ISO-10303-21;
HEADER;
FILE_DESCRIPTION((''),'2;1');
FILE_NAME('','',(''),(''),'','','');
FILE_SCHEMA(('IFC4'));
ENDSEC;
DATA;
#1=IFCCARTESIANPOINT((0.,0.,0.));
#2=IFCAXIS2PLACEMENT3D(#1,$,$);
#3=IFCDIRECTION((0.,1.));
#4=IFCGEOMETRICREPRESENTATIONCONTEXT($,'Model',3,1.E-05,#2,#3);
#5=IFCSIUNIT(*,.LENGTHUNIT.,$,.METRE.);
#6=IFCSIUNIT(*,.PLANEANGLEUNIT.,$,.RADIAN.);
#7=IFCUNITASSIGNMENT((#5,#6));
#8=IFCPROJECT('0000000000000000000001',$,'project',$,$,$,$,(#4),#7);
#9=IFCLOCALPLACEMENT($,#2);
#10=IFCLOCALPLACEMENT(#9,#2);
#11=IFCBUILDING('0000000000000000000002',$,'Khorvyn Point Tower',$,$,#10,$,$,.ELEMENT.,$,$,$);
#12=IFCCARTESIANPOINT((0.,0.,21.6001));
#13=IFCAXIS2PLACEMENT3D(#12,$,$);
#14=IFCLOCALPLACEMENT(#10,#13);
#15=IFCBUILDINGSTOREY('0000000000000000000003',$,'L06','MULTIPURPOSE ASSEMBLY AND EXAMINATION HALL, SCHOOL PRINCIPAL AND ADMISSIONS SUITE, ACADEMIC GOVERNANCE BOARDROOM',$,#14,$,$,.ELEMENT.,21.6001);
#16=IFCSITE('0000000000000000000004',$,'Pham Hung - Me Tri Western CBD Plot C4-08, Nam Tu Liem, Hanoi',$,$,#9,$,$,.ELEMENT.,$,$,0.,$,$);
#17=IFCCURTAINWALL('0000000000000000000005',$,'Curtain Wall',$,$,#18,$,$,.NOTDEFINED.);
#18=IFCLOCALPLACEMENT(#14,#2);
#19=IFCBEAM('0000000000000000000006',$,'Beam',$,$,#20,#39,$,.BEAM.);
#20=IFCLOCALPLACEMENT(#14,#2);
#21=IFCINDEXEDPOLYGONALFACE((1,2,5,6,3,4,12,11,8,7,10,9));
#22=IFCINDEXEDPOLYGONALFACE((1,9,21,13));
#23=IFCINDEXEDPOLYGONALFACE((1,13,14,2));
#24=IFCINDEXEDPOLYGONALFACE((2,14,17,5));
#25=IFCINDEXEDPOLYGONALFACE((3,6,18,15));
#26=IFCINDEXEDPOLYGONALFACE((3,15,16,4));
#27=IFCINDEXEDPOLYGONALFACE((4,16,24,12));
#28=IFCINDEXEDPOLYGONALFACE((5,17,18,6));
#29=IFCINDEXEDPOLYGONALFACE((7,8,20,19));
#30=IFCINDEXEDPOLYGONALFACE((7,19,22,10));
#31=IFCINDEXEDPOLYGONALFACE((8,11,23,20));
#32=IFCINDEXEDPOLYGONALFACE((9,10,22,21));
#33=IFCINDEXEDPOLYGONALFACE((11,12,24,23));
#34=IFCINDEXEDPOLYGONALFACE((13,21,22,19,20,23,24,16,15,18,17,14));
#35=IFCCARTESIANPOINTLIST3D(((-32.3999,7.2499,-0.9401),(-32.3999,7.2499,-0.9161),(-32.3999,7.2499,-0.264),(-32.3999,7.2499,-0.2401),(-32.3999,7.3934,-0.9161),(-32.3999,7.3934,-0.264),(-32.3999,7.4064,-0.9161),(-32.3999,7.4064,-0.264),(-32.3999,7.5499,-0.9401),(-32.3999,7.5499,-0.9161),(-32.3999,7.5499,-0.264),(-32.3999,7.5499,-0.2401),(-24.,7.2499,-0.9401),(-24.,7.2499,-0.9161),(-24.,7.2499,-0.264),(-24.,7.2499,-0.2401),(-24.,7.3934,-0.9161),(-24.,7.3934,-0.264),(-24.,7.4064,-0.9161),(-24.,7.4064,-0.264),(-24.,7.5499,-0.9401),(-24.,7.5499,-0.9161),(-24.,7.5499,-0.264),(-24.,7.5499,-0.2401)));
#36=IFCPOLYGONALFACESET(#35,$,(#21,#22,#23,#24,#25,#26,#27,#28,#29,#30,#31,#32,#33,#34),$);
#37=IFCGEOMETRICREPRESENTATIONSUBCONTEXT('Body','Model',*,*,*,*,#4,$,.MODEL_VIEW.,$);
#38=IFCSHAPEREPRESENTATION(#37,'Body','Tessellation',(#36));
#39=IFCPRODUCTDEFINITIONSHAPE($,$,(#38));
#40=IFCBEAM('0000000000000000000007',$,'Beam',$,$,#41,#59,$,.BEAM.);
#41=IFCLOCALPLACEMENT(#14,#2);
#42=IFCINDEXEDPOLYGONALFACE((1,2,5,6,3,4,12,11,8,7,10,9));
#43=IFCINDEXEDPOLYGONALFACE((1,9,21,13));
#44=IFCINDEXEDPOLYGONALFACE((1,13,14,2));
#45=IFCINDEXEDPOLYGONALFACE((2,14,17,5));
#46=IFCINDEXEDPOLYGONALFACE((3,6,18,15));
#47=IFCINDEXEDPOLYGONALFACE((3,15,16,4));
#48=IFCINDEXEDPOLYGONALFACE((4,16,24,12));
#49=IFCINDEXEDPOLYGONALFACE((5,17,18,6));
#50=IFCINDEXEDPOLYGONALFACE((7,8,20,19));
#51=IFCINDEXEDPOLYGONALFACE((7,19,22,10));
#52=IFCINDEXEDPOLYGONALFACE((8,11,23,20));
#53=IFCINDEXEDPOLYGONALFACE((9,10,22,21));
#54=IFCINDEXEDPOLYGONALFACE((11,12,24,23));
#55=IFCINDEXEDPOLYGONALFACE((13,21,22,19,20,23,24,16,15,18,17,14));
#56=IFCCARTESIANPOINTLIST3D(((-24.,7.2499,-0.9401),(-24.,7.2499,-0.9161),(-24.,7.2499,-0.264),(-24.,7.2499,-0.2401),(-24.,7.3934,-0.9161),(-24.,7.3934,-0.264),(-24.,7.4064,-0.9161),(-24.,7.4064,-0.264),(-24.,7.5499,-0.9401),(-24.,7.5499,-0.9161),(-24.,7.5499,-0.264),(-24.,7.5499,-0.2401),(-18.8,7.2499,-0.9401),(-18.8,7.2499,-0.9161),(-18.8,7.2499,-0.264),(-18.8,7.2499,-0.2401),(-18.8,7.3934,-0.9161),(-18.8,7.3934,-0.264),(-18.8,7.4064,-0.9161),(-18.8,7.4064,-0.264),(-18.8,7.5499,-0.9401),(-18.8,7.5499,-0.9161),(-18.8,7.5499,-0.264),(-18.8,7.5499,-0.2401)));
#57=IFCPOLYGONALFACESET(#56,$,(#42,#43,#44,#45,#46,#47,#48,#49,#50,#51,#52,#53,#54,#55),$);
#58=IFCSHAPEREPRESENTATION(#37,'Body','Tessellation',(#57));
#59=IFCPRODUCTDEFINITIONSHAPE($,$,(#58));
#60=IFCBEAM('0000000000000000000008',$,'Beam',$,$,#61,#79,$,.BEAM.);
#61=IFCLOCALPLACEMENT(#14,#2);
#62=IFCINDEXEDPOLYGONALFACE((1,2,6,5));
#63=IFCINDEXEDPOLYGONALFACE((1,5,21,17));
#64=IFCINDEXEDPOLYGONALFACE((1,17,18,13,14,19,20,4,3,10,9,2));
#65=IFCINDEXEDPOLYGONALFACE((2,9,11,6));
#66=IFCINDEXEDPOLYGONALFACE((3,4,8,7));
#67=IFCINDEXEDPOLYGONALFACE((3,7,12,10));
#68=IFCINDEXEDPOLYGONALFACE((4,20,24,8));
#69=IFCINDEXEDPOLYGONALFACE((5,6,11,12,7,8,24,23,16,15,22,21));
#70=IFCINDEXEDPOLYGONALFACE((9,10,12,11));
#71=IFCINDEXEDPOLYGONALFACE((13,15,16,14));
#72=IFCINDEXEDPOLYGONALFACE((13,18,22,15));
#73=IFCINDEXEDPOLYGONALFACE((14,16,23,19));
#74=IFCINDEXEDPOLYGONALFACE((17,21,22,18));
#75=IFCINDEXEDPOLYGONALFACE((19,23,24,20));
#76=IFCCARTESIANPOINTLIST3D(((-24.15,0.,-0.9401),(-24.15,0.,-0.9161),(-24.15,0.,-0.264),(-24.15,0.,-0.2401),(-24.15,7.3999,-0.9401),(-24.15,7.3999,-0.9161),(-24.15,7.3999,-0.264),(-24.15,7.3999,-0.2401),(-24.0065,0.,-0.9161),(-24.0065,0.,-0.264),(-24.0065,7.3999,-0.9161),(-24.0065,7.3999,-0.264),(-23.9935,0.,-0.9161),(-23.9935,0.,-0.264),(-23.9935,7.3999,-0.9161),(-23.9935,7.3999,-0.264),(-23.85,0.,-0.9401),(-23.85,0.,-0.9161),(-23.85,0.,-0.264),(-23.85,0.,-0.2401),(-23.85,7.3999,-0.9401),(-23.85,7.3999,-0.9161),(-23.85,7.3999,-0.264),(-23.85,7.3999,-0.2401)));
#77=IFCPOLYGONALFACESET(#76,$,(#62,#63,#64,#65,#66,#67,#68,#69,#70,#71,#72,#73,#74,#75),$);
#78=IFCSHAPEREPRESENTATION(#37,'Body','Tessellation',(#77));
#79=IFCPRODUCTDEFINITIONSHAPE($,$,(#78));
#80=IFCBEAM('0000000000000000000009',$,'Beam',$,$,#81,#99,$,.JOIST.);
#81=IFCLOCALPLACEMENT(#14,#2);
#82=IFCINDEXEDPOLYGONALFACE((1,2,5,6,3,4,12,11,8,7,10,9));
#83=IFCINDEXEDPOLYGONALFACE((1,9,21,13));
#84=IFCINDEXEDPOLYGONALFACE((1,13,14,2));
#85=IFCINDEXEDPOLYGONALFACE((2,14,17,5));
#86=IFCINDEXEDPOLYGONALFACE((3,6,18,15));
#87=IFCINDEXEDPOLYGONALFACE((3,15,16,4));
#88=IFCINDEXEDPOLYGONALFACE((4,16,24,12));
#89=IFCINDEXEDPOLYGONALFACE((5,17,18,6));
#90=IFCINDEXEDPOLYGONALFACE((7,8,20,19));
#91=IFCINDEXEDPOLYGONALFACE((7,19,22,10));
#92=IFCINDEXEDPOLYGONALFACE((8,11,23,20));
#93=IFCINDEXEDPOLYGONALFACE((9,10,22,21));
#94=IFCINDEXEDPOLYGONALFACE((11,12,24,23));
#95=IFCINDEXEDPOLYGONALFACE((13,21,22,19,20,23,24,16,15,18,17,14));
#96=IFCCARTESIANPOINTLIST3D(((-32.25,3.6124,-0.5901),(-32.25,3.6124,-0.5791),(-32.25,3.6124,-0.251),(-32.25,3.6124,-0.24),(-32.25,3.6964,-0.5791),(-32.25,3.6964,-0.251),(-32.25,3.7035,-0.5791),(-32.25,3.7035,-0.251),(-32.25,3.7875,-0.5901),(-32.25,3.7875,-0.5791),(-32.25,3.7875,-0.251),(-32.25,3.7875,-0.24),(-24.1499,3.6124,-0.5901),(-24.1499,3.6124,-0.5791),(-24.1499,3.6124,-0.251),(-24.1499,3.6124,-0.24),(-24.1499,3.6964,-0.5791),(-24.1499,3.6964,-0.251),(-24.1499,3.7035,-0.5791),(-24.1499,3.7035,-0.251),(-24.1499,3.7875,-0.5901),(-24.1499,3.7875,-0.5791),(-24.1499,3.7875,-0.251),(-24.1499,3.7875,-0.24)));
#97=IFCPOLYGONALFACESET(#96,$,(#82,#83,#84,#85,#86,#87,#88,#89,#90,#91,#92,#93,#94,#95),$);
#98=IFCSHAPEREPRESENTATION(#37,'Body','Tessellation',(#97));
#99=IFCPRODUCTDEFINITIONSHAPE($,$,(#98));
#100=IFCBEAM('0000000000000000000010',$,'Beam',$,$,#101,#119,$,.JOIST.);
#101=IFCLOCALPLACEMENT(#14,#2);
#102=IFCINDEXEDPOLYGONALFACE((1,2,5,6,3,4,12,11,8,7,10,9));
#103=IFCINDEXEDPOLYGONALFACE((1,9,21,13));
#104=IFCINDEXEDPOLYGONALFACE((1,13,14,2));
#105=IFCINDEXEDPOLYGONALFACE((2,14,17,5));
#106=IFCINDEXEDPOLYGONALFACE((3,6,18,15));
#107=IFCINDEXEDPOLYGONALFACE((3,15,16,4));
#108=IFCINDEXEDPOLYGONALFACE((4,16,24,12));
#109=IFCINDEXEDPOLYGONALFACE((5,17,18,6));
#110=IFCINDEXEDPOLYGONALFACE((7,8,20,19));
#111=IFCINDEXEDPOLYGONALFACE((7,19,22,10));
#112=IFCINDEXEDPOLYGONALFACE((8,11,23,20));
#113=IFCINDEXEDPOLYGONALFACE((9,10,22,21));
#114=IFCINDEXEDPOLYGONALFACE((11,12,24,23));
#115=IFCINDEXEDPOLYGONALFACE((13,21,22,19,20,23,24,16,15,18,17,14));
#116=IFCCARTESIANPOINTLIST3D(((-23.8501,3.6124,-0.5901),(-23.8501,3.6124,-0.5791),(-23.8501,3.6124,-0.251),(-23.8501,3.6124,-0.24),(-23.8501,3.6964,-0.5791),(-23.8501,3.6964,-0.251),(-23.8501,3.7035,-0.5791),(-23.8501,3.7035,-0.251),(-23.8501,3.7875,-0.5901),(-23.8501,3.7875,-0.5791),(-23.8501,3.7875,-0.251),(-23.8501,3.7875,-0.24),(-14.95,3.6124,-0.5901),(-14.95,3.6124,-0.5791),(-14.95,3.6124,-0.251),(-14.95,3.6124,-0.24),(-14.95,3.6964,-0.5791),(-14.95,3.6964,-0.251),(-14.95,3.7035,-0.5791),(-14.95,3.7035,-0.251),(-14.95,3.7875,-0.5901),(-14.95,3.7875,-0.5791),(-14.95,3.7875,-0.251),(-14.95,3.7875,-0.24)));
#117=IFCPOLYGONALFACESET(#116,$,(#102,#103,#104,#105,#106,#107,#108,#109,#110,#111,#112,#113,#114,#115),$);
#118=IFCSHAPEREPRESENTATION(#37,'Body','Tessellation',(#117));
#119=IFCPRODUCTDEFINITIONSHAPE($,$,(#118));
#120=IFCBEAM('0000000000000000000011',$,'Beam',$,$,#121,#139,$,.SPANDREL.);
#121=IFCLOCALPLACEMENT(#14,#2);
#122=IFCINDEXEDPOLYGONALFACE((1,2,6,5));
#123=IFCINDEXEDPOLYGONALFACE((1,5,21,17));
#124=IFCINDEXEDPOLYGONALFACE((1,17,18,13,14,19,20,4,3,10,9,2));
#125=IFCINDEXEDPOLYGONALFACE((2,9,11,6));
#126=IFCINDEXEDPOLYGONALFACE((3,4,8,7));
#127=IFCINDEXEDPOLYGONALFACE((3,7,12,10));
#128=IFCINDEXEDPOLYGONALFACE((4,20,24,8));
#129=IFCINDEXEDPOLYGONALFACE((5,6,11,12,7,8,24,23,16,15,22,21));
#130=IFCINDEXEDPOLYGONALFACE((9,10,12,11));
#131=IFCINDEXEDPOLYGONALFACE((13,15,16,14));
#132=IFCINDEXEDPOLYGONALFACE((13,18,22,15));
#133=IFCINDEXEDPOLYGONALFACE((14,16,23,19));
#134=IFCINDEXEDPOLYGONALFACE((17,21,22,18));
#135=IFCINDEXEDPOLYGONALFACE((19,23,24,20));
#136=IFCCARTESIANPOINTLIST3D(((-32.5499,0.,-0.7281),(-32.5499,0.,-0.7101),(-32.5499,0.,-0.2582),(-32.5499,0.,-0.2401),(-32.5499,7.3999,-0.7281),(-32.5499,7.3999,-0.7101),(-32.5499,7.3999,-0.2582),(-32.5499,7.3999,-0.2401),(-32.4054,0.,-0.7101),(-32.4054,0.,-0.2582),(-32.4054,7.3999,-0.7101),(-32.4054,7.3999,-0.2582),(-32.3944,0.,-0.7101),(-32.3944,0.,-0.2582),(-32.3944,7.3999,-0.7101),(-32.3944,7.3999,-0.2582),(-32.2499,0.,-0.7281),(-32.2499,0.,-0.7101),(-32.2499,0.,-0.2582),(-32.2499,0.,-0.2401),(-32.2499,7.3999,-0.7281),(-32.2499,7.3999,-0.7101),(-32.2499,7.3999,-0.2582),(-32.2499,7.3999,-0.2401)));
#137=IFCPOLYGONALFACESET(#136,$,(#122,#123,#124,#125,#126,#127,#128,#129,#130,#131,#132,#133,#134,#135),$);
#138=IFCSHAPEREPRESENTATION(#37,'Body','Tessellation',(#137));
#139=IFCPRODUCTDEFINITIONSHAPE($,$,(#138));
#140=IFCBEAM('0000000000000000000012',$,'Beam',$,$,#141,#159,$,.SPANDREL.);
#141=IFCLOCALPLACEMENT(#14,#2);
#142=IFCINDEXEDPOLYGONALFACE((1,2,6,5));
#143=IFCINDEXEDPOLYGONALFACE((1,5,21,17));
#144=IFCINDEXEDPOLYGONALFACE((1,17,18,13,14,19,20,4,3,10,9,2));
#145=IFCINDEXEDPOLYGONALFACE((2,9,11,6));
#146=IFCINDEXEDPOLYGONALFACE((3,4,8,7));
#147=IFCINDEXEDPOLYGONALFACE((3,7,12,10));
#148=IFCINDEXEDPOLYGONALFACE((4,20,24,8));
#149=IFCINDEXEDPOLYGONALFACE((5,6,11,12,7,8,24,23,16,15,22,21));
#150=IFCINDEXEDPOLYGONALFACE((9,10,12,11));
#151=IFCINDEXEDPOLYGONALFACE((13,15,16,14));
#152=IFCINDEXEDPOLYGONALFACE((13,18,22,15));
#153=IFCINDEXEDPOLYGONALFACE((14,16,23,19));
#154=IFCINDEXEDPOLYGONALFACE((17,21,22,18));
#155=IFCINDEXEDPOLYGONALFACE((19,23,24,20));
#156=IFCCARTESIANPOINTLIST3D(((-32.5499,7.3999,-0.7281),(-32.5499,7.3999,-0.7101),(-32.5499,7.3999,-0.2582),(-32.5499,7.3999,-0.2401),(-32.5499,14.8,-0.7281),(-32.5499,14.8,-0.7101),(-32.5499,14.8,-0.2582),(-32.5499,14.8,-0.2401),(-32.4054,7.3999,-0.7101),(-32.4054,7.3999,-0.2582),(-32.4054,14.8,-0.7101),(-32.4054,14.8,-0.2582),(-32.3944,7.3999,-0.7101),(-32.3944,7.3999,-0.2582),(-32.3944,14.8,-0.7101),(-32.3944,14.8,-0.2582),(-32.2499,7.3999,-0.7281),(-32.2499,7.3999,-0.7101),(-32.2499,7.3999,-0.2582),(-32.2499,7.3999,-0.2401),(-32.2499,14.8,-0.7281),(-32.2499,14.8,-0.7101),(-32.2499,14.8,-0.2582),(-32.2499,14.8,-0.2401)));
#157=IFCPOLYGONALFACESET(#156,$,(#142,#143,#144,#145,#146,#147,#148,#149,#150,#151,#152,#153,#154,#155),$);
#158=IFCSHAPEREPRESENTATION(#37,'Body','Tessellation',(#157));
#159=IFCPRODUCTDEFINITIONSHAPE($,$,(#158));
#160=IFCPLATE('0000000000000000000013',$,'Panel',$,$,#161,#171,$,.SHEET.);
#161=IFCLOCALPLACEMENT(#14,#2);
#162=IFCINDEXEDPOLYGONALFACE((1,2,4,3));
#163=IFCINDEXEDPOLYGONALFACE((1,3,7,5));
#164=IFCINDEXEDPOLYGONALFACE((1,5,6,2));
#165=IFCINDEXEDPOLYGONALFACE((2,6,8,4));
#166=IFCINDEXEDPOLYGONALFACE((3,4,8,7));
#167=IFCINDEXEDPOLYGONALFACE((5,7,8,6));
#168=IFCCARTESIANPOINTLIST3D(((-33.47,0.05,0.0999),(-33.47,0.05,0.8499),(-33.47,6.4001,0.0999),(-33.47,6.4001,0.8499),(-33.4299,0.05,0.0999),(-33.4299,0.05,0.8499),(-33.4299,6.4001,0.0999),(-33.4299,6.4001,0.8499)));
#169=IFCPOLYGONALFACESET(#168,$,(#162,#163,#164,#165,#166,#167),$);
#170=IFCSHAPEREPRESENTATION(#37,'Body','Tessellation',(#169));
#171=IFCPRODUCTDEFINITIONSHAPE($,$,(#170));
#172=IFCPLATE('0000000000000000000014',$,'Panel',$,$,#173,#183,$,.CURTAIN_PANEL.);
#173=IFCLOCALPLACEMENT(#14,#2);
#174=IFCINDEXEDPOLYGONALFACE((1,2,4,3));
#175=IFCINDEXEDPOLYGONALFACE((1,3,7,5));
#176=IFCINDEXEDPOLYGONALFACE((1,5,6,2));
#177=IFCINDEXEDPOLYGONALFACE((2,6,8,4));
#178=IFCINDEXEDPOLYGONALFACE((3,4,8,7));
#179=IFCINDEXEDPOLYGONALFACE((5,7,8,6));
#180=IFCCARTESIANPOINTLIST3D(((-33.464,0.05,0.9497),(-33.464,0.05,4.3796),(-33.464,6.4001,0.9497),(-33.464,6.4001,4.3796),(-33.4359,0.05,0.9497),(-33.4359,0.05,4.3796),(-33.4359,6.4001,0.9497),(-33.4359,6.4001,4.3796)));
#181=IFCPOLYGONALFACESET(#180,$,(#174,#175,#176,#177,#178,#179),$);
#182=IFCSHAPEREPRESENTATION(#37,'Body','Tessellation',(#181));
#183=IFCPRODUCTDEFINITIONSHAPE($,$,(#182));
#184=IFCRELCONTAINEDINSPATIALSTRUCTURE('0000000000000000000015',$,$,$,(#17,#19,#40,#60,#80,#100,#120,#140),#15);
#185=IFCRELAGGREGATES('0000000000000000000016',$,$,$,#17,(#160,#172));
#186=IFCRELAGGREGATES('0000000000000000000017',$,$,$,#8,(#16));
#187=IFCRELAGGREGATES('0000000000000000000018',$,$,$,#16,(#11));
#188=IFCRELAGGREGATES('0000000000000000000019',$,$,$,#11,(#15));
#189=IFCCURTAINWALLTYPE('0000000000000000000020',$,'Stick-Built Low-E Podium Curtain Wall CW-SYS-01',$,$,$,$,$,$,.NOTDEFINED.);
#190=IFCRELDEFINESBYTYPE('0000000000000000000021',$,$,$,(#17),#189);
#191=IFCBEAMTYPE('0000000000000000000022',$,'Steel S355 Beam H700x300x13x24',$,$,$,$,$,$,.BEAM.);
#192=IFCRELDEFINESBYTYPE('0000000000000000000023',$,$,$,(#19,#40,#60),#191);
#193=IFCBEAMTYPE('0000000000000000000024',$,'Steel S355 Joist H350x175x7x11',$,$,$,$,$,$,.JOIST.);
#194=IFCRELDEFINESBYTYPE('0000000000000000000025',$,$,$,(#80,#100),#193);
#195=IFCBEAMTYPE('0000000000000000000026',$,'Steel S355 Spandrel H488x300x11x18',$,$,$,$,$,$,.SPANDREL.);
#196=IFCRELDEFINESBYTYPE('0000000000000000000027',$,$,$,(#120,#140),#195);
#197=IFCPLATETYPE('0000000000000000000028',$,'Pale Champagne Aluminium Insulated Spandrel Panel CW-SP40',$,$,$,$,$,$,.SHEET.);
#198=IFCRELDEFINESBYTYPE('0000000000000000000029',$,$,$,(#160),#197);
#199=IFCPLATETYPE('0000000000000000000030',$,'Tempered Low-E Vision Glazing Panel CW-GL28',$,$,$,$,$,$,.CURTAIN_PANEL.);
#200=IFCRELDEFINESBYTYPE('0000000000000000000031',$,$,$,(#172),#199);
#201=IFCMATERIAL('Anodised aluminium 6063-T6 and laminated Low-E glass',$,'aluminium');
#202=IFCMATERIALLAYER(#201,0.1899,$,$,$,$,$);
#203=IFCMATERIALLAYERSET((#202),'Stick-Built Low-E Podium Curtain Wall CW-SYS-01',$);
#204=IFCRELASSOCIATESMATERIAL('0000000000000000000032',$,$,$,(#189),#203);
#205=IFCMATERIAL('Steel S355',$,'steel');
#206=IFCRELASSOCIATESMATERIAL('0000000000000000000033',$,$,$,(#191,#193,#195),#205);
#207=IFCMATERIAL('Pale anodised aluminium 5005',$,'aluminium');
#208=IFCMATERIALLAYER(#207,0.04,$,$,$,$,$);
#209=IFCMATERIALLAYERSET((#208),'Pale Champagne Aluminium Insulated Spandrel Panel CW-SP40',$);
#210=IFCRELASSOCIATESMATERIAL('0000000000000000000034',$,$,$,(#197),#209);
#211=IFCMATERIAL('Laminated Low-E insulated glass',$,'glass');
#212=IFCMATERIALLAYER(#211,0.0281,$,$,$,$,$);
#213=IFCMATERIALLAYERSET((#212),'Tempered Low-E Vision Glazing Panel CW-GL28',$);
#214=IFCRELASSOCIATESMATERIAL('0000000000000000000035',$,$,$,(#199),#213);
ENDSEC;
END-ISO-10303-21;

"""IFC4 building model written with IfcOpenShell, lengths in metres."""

from ifc_helpers import new_model, si_unit, direction, frame, origin, origin_2d, place, context, subcontext, project, spatial, rectangle, i_section, extrude, material, layer, layer_set, material_profile, profile_set, type_object, element, aggregate, save


model = new_model("IFC4")

# Units and contexts
model_context = context("Model", 3, precision=1e-05, world=origin(), true_north=direction((0.0, 1.0)))
body_context = subcontext(model_context, "Body", "Model", "MODEL_VIEW")
ifc_project = project(units=[si_unit("LENGTHUNIT", "METRE"), si_unit("PLANEANGLEUNIT", "RADIAN")], contexts=[model_context])

# Site, building, storey
site_placement = place(None, origin())
site = spatial("IfcSite", under=ifc_project, at=site_placement, Name="Pham Hung - Me Tri Western CBD Plot C4-08, Nam Tu Liem, Hanoi", CompositionType="ELEMENT", RefElevation=0.0)
building_placement = place(site_placement, origin())
building = spatial("IfcBuilding", under=site, at=building_placement, Name="Khorvyn Point Tower", CompositionType="ELEMENT")
storey_placement = place(building_placement, frame((0.0, 0.0, 21.6001)))
storey = spatial("IfcBuildingStorey", under=building, at=storey_placement, Name="L06", Description="MULTIPURPOSE ASSEMBLY AND EXAMINATION HALL, SCHOOL PRINCIPAL AND ADMISSIONS SUITE, ACADEMIC GOVERNANCE BOARDROOM", CompositionType="ELEMENT", Elevation=21.6001)

# Curtain wall
ifc_material_1 = material(Name="Anodised aluminium 6063-T6 and laminated Low-E glass", Category="aluminium")
ifc_layer_1 = layer(ifc_material_1, 0.1899)
ifc_layer_set_1 = layer_set([ifc_layer_1], Name="Stick-Built Low-E Podium Curtain Wall CW-SYS-01")
curtain_wall_type = type_object("IfcCurtainWallType", Name="Stick-Built Low-E Podium Curtain Wall CW-SYS-01", PredefinedType="NOTDEFINED", material=ifc_layer_set_1)
curtain_wall_placement = place(storey_placement, origin())
curtain_wall = element("IfcCurtainWall", 1, at=curtain_wall_placement, inside=storey, type_object=curtain_wall_type, Name="Curtain Wall", PredefinedType="NOTDEFINED")

# Beams
ifc_material_2 = material(Name="Steel S355", Category="steel")
ifc_material_profile_1 = material_profile(ifc_material_2, i_section(OverallWidth=0.3, OverallDepth=0.7, WebThickness=0.0129, FlangeThickness=0.0239, at=origin_2d()))
ifc_profile_set_1 = profile_set([ifc_material_profile_1], Name="Steel S355 H700x300x13x24")
beam_type_1 = type_object("IfcBeamType", Name="Steel S355 Beam H700x300x13x24", PredefinedType="BEAM", material=ifc_profile_set_1)
beam_1_placement = place(storey_placement, frame((-32.3999, 7.3999, -0.5901), z_axis=(1.0, 0.0, 0.0), x_axis=(0.0, 1.0, 0.0)))
element("IfcBeam", 2, at=beam_1_placement, inside=storey, type_object=beam_type_1, Name="Beam", PredefinedType="BEAM", context=body_context, shape_type="SweptSolid", body=[
    extrude(i_section(OverallWidth=0.3, OverallDepth=0.7, WebThickness=0.0129, FlangeThickness=0.0239, at=origin_2d()), origin(), (0.0, 0.0, 1.0), 8.3999),
])
beam_2_placement = place(storey_placement, frame((-24.0, 7.3999, -0.5901), z_axis=(1.0, 0.0, 0.0), x_axis=(0.0, 1.0, 0.0)))
element("IfcBeam", 3, at=beam_2_placement, inside=storey, type_object=beam_type_1, Name="Beam", PredefinedType="BEAM", context=body_context, shape_type="SweptSolid", body=[
    extrude(i_section(OverallWidth=0.3, OverallDepth=0.7, WebThickness=0.0129, FlangeThickness=0.0239, at=origin_2d()), origin(), (0.0, 0.0, 1.0), 5.2),
])
beam_3_placement = place(storey_placement, frame((-24.0, 0.0, -0.5901), z_axis=(0.0, 1.0, 0.0), x_axis=(-1.0, 0.0, 0.0)))
element("IfcBeam", 4, at=beam_3_placement, inside=storey, type_object=beam_type_1, Name="Beam", PredefinedType="BEAM", context=body_context, shape_type="SweptSolid", body=[
    extrude(i_section(OverallWidth=0.3, OverallDepth=0.7, WebThickness=0.0129, FlangeThickness=0.0239, at=origin_2d()), origin(), (0.0, 0.0, 1.0), 7.3999),
])
ifc_material_profile_2 = material_profile(ifc_material_2, i_section(OverallWidth=0.175, OverallDepth=0.3501, WebThickness=0.0071, FlangeThickness=0.011, at=origin_2d()))
ifc_profile_set_2 = profile_set([ifc_material_profile_2], Name="Steel S355 H350x175x7x11")
beam_type_2 = type_object("IfcBeamType", Name="Steel S355 Joist H350x175x7x11", PredefinedType="JOIST", material=ifc_profile_set_2)
beam_4_placement = place(storey_placement, frame((-32.25, 3.7, -0.415), z_axis=(1.0, 0.0, 0.0), x_axis=(0.0, 1.0, 0.0)))
element("IfcBeam", 5, at=beam_4_placement, inside=storey, type_object=beam_type_2, Name="Beam", PredefinedType="JOIST", context=body_context, shape_type="SweptSolid", body=[
    extrude(i_section(OverallWidth=0.175, OverallDepth=0.3501, WebThickness=0.0071, FlangeThickness=0.011, at=origin_2d()), origin(), (0.0, 0.0, 1.0), 8.1001),
])
beam_5_placement = place(storey_placement, frame((-23.8501, 3.7, -0.415), z_axis=(1.0, 0.0, 0.0), x_axis=(0.0, 1.0, 0.0)))
element("IfcBeam", 6, at=beam_5_placement, inside=storey, type_object=beam_type_2, Name="Beam", PredefinedType="JOIST", context=body_context, shape_type="SweptSolid", body=[
    extrude(i_section(OverallWidth=0.175, OverallDepth=0.3501, WebThickness=0.0071, FlangeThickness=0.011, at=origin_2d()), origin(), (0.0, 0.0, 1.0), 8.9001),
])
ifc_material_profile_3 = material_profile(ifc_material_2, i_section(OverallWidth=0.3, OverallDepth=0.488, WebThickness=0.011, FlangeThickness=0.0181, at=origin_2d()))
ifc_profile_set_3 = profile_set([ifc_material_profile_3], Name="Steel S355 H488x300x11x18")
beam_type_3 = type_object("IfcBeamType", Name="Steel S355 Spandrel H488x300x11x18", PredefinedType="SPANDREL", material=ifc_profile_set_3)
beam_6_placement = place(storey_placement, frame((-32.3999, 0.0, -0.4841), z_axis=(0.0, 1.0, 0.0), x_axis=(-1.0, 0.0, 0.0)))
element("IfcBeam", 7, at=beam_6_placement, inside=storey, type_object=beam_type_3, Name="Beam", PredefinedType="SPANDREL", context=body_context, shape_type="SweptSolid", body=[
    extrude(i_section(OverallWidth=0.3, OverallDepth=0.488, WebThickness=0.011, FlangeThickness=0.0181, at=origin_2d()), origin(), (0.0, 0.0, 1.0), 7.3999),
])
beam_7_placement = place(storey_placement, frame((-32.3999, 7.3999, -0.4841), z_axis=(0.0, 1.0, 0.0), x_axis=(-1.0, 0.0, 0.0)))
element("IfcBeam", 8, at=beam_7_placement, inside=storey, type_object=beam_type_3, Name="Beam", PredefinedType="SPANDREL", context=body_context, shape_type="SweptSolid", body=[
    extrude(i_section(OverallWidth=0.3, OverallDepth=0.488, WebThickness=0.011, FlangeThickness=0.0181, at=origin_2d()), origin(), (0.0, 0.0, 1.0), 7.4001),
])

# Plates
ifc_material_3 = material(Name="Pale anodised aluminium 5005", Category="aluminium")
ifc_layer_2 = layer(ifc_material_3, 0.04)
ifc_layer_set_2 = layer_set([ifc_layer_2], Name="Pale Champagne Aluminium Insulated Spandrel Panel CW-SP40")
plate_type_1 = type_object("IfcPlateType", Name="Pale Champagne Aluminium Insulated Spandrel Panel CW-SP40", PredefinedType="SHEET", material=ifc_layer_set_2)
plate_1_placement = place(storey_placement, frame((-33.45, 3.2251, 0.0999), z_axis=(0.0, 0.0, 1.0), x_axis=(0.0, 1.0, 0.0)))
plate_1 = element("IfcPlate", 9, at=plate_1_placement, type_object=plate_type_1, Name="Panel", PredefinedType="SHEET", context=body_context, shape_type="SweptSolid", body=[
    extrude(rectangle(XDim=6.3501, YDim=0.04, at=origin_2d()), origin(), (0.0, 0.0, 1.0), 0.75),
])
ifc_material_4 = material(Name="Laminated Low-E insulated glass", Category="glass")
ifc_layer_3 = layer(ifc_material_4, 0.0281)
ifc_layer_set_3 = layer_set([ifc_layer_3], Name="Tempered Low-E Vision Glazing Panel CW-GL28")
plate_type_2 = type_object("IfcPlateType", Name="Tempered Low-E Vision Glazing Panel CW-GL28", PredefinedType="CURTAIN_PANEL", material=ifc_layer_set_3)
plate_2_placement = place(storey_placement, frame((-33.45, 3.2251, 0.9497), z_axis=(0.0, 0.0, 1.0), x_axis=(0.0, 1.0, 0.0)))
plate_2 = element("IfcPlate", 10, at=plate_2_placement, type_object=plate_type_2, Name="Panel", PredefinedType="CURTAIN_PANEL", context=body_context, shape_type="SweptSolid", body=[
    extrude(rectangle(XDim=6.3501, YDim=0.0281, at=origin_2d()), origin(), (0.0, 0.0, 1.0), 3.4299),
])
aggregate(curtain_wall, [plate_1, plate_2])

save(model, "model.ifc")
